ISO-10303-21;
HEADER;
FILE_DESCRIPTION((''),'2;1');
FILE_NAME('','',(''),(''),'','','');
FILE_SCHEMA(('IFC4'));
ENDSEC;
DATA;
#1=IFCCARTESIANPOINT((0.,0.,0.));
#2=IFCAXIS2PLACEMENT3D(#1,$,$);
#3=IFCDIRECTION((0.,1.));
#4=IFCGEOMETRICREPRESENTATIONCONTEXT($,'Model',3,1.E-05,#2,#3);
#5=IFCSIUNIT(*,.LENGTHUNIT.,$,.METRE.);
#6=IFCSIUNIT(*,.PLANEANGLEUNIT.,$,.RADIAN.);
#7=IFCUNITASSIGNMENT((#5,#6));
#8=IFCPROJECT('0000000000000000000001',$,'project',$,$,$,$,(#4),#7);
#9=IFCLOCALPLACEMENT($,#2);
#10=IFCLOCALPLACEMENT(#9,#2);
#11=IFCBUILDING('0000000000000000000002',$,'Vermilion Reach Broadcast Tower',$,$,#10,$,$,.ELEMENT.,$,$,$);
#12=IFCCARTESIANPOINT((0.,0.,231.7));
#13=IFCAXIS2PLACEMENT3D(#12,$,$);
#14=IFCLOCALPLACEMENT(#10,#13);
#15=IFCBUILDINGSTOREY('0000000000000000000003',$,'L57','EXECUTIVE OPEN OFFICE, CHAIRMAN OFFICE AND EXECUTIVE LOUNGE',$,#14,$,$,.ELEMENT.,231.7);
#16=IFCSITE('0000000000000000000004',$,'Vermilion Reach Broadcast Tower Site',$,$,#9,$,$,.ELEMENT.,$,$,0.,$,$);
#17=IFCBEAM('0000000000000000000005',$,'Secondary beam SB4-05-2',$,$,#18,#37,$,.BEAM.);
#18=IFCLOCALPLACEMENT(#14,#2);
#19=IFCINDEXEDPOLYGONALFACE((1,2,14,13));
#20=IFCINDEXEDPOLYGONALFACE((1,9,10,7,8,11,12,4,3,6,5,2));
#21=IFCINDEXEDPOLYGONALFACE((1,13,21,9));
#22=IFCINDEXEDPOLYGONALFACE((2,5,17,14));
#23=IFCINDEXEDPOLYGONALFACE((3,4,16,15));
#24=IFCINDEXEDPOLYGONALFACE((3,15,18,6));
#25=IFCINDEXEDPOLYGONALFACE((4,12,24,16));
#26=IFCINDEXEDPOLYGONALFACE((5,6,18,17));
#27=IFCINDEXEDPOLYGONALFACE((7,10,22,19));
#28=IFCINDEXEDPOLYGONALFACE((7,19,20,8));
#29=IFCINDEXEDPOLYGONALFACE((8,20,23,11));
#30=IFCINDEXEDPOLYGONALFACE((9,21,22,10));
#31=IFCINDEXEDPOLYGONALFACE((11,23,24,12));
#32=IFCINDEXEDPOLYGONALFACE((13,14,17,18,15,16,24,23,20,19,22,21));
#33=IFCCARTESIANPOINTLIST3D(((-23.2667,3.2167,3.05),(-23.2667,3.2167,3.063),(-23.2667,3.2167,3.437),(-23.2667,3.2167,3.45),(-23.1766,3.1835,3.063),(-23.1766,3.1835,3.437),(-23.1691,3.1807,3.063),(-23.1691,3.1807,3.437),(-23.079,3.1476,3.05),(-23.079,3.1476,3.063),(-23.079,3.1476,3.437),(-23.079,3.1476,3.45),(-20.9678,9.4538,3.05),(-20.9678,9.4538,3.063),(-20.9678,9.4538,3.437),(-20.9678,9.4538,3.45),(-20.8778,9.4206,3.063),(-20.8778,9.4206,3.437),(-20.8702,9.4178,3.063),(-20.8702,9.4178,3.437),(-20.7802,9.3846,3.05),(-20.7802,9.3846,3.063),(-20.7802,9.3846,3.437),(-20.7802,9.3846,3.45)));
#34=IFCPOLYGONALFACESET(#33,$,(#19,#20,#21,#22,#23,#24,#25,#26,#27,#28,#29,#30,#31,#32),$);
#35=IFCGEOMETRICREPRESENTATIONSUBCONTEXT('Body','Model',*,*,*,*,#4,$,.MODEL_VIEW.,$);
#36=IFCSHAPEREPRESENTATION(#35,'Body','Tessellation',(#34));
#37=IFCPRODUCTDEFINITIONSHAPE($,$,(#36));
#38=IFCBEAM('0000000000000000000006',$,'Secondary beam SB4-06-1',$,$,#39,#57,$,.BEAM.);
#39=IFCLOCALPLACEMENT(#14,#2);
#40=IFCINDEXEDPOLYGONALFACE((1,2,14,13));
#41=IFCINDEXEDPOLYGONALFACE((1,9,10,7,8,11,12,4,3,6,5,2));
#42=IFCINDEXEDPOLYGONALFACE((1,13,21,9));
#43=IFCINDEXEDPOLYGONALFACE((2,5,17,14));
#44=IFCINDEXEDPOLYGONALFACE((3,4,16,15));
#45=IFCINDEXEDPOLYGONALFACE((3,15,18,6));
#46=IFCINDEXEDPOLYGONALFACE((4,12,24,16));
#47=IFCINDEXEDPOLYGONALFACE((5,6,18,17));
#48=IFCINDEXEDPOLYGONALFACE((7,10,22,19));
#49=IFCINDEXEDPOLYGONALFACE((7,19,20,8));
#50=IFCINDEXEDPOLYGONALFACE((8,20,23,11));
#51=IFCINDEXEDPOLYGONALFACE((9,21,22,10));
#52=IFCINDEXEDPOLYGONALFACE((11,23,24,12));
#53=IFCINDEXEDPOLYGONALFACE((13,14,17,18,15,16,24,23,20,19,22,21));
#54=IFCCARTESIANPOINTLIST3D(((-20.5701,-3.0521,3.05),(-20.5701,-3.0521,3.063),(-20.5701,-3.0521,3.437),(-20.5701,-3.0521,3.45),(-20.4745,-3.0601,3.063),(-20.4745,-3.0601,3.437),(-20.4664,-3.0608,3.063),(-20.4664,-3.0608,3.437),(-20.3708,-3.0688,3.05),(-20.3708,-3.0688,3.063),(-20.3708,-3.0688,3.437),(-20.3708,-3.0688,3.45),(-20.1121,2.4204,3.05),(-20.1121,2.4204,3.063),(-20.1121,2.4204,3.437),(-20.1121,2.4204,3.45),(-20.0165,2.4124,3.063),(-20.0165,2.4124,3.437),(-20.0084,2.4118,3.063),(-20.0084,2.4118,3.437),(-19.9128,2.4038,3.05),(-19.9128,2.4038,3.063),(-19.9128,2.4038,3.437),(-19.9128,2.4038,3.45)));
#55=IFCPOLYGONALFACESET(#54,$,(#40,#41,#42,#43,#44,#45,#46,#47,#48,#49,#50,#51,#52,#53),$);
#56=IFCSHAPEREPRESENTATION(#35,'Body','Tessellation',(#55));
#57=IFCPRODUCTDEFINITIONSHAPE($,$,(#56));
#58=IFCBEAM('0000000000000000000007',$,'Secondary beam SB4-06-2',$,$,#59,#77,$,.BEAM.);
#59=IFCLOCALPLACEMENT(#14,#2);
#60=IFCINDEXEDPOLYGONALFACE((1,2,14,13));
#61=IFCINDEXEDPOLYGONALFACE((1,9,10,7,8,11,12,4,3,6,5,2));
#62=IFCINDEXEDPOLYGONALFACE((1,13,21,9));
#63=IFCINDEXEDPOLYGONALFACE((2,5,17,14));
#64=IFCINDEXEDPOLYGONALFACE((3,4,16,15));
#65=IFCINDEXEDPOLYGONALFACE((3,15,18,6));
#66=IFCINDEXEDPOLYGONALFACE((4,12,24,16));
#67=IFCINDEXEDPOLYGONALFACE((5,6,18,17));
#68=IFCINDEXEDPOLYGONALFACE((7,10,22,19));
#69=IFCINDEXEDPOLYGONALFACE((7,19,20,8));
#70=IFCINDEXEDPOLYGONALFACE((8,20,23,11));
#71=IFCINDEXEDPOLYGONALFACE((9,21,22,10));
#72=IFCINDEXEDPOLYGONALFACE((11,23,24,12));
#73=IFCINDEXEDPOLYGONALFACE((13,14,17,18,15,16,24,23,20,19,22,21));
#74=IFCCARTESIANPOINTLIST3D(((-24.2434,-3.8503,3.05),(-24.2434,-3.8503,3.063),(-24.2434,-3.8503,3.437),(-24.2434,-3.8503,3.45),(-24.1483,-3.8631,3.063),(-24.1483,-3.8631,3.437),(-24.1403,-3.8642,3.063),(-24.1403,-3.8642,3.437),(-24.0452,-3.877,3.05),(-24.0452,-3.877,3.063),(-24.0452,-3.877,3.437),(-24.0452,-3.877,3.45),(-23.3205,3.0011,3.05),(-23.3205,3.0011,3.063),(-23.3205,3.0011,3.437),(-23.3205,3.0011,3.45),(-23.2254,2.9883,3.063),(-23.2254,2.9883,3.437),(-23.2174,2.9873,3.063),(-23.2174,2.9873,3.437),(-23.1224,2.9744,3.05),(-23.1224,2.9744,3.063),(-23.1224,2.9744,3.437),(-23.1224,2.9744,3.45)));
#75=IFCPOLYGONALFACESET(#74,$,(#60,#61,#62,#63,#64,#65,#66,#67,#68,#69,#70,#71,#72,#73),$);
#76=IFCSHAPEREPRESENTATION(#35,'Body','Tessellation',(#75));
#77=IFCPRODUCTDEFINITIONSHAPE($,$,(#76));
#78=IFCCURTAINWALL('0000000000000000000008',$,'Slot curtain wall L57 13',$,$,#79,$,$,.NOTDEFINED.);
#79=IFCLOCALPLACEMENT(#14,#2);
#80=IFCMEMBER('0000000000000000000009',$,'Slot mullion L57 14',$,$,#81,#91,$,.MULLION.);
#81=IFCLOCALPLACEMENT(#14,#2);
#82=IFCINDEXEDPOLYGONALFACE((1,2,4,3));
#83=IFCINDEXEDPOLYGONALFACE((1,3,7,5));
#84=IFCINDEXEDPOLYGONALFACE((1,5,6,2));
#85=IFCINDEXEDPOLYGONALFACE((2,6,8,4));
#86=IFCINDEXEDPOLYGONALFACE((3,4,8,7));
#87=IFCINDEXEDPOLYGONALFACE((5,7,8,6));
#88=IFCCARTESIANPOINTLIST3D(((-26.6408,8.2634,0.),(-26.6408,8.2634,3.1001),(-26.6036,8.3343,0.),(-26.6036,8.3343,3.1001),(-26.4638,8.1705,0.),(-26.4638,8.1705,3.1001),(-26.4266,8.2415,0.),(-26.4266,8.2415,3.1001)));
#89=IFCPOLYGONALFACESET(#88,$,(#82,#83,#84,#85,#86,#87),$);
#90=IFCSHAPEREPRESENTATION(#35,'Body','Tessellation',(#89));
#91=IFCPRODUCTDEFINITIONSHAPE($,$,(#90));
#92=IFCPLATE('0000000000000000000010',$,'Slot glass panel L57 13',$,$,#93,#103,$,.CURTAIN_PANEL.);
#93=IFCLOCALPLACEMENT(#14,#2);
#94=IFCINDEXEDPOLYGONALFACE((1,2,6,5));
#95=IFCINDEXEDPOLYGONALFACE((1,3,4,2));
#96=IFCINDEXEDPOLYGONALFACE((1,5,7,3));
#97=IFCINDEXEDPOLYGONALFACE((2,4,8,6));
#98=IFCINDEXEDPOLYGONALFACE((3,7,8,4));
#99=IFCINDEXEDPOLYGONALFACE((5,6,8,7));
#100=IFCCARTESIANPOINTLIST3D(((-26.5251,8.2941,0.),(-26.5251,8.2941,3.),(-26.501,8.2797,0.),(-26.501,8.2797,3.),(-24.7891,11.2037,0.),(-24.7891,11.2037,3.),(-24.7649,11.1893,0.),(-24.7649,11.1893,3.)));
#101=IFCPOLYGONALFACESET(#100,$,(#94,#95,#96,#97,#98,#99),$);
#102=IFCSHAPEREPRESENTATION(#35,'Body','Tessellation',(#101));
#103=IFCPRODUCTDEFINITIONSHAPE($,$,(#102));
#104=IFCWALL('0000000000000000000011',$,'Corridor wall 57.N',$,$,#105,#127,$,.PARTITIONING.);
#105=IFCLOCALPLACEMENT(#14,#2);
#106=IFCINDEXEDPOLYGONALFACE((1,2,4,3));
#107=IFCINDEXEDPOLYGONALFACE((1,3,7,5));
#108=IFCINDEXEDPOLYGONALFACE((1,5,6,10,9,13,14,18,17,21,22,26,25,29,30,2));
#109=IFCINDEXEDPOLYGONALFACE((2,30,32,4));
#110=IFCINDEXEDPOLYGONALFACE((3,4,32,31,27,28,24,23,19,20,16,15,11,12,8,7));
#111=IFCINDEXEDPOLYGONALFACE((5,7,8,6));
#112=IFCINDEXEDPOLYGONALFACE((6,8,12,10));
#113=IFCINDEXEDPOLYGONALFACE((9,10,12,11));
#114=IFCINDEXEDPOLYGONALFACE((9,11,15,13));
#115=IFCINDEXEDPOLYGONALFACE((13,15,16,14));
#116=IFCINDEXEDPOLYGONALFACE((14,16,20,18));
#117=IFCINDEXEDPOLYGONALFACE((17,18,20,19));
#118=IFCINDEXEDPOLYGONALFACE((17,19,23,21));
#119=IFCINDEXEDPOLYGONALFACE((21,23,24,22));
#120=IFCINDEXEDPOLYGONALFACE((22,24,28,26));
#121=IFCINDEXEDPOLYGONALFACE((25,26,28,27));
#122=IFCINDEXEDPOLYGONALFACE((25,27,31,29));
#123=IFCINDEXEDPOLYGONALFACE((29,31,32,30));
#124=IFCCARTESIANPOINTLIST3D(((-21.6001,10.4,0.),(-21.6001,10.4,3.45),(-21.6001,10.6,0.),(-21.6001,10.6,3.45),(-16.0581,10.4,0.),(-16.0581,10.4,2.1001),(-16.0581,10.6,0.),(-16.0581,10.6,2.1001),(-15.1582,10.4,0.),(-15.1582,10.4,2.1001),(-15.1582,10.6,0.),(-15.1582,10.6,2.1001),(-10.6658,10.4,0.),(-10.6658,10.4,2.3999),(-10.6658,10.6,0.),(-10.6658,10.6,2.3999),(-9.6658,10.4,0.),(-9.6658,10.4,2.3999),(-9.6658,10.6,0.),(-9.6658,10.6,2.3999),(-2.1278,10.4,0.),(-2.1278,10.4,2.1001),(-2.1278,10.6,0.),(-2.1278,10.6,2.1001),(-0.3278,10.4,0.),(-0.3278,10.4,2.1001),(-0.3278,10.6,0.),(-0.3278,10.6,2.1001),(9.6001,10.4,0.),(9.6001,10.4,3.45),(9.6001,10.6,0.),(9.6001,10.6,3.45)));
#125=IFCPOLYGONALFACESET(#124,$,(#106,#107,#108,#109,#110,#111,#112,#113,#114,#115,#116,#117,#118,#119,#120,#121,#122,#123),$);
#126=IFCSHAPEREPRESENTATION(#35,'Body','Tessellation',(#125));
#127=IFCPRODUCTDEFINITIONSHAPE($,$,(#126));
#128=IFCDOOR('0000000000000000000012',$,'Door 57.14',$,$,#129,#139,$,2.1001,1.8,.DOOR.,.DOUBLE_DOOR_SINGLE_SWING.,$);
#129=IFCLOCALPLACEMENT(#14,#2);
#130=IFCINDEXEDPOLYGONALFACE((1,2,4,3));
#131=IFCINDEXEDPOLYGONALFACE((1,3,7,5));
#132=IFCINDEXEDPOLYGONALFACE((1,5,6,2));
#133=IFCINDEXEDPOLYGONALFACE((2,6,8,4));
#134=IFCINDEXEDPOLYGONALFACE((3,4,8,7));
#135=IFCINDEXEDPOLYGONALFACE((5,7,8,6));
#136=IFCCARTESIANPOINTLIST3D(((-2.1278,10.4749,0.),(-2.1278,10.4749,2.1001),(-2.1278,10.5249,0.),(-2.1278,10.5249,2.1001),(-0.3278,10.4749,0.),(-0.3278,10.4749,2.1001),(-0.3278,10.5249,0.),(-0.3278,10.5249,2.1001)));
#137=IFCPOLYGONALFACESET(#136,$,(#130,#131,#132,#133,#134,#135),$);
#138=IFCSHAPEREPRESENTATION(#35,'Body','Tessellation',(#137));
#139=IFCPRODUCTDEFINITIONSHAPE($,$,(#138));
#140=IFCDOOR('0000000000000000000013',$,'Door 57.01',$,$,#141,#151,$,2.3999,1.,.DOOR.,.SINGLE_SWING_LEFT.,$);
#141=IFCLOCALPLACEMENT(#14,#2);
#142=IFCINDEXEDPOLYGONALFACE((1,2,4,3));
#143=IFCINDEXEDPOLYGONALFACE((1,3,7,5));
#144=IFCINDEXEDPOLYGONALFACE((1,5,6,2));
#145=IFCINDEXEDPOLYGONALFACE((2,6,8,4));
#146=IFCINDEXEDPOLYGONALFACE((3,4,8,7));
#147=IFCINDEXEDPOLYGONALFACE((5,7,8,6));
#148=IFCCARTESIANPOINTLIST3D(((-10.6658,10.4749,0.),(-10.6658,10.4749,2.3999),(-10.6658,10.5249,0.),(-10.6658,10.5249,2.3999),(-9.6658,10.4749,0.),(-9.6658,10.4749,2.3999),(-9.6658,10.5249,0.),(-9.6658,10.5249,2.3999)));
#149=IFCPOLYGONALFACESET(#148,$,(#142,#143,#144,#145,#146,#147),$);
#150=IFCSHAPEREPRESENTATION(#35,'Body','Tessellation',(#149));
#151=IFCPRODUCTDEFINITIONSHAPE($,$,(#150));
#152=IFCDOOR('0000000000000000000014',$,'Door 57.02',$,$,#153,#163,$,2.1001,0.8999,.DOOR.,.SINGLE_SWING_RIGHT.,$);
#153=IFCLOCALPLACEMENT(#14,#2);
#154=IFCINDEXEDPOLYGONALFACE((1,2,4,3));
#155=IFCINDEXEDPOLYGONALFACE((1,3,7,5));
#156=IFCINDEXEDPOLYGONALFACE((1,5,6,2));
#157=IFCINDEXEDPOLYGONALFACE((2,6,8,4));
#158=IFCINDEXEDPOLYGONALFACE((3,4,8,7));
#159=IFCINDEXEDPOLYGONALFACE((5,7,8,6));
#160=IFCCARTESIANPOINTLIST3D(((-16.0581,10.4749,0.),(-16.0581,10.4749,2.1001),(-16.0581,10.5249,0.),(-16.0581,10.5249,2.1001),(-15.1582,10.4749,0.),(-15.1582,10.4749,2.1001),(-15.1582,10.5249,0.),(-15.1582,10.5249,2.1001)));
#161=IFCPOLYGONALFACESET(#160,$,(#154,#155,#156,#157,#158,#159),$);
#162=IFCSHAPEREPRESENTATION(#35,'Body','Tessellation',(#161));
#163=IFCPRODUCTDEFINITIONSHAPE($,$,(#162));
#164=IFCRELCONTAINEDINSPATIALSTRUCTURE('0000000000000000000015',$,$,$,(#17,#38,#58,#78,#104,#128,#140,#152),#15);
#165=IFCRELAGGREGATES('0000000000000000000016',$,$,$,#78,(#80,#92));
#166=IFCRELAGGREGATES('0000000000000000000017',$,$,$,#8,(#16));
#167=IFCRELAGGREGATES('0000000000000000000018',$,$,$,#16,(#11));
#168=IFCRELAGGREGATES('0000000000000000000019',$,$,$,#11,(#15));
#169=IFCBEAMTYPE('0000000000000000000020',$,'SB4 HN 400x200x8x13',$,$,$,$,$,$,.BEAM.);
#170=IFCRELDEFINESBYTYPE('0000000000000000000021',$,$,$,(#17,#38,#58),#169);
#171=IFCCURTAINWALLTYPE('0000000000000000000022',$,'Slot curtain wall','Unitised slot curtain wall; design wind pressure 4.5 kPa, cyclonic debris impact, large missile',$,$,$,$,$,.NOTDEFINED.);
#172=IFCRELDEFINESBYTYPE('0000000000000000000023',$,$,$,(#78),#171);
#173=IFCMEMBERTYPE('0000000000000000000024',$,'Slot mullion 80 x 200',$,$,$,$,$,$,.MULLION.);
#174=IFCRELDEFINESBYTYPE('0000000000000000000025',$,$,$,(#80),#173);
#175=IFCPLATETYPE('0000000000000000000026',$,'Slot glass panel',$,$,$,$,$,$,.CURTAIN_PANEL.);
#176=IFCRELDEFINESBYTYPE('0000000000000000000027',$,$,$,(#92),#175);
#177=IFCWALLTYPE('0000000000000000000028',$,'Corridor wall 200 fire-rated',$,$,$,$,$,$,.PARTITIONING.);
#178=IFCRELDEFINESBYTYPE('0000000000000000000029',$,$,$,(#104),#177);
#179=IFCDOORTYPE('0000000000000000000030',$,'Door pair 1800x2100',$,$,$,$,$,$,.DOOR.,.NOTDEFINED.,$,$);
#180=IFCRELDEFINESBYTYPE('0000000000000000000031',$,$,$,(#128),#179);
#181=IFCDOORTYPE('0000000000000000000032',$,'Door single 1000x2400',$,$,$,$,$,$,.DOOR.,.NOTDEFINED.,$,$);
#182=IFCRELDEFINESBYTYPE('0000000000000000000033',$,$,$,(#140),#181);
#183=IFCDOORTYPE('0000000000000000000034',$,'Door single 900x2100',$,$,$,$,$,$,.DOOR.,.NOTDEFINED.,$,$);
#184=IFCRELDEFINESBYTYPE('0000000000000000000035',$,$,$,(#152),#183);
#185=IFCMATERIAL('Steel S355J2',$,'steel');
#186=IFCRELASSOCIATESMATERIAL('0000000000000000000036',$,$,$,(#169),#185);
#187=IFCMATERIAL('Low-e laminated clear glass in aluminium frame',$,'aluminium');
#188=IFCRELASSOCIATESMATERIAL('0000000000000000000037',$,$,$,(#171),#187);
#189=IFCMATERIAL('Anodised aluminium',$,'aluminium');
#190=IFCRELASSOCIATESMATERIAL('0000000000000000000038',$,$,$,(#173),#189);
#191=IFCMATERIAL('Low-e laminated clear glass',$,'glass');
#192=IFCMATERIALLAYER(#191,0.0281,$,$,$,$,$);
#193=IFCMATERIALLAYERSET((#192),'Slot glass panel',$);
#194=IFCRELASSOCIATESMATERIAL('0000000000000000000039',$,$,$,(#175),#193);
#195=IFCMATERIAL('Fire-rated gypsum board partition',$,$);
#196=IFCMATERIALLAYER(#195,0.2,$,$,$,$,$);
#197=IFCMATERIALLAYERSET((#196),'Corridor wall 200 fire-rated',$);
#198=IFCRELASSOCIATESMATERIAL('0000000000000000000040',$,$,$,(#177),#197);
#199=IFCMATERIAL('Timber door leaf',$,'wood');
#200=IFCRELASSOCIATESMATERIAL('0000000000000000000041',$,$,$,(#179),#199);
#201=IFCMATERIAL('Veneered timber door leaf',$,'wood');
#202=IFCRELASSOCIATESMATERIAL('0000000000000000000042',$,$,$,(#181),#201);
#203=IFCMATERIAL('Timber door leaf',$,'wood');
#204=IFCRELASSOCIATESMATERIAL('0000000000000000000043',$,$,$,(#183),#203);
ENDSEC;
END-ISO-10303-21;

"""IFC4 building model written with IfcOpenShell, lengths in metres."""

from ifc_helpers import new_model, si_unit, direction, frame, frame_2d, origin, origin_2d, place, context, subcontext, project, spatial, rectangle, i_section, extrude, material, layer, layer_set, material_profile, profile_set, type_object, element, fill, aggregate, save


model = new_model("IFC4")

# Units and contexts
model_context = context("Model", 3, precision=1e-05, world=origin(), true_north=direction((0.0, 1.0)))
body_context = subcontext(model_context, "Body", "Model", "MODEL_VIEW")
ifc_project = project(units=[si_unit("LENGTHUNIT", "METRE"), si_unit("PLANEANGLEUNIT", "RADIAN")], contexts=[model_context])

# Site, building, storey
site_placement = place(None, origin())
site = spatial("IfcSite", under=ifc_project, at=site_placement, Name="Vermilion Reach Broadcast Tower Site", CompositionType="ELEMENT", RefElevation=0.0)
building_placement = place(site_placement, origin())
building = spatial("IfcBuilding", under=site, at=building_placement, Name="Vermilion Reach Broadcast Tower", CompositionType="ELEMENT")
storey_placement = place(building_placement, frame((0.0, 0.0, 231.7)))
storey = spatial("IfcBuildingStorey", under=building, at=storey_placement, Name="L57", Description="EXECUTIVE OPEN OFFICE, CHAIRMAN OFFICE AND EXECUTIVE LOUNGE", CompositionType="ELEMENT", Elevation=231.7)

# Beams
ifc_material_1 = material(Name="Steel S355J2", Category="steel")
ifc_material_profile_1 = material_profile(ifc_material_1, i_section(OverallWidth=0.2, OverallDepth=0.3999, WebThickness=0.0081, FlangeThickness=0.0129, at=origin_2d()), Name="S355J2 HN 400x200x8x13")
ifc_profile_set_1 = profile_set([ifc_material_profile_1], Name="Steel S355J2")
beam_type_1 = type_object("IfcBeamType", Name="SB4 HN 400x200x8x13", PredefinedType="BEAM", material=ifc_profile_set_1)
beam_1_placement = place(storey_placement, frame((-20.874, 9.4192, 3.25), z_axis=(-0.345833, -0.938296, 0.0), x_axis=(0.938296, -0.345833, 0.0)))
element("IfcBeam", 1, at=beam_1_placement, inside=storey, type_object=beam_type_1, Name="Secondary beam SB4-05-2", PredefinedType="BEAM", context=body_context, shape_type="SweptSolid", body=[
    extrude(i_section(OverallWidth=0.2, OverallDepth=0.3999, WebThickness=0.0081, FlangeThickness=0.0129, at=origin_2d()), origin(), (0.0, 0.0, 1.0), 6.6472),
])
beam_2_placement = place(storey_placement, frame((-20.0125, 2.4121, 3.25), z_axis=(-0.083399, -0.996516, 0.0), x_axis=(0.996516, -0.083399, 0.0)))
element("IfcBeam", 2, at=beam_2_placement, inside=storey, type_object=beam_type_1, Name="Secondary beam SB4-06-1", PredefinedType="BEAM", context=body_context, shape_type="SweptSolid", body=[
    extrude(i_section(OverallWidth=0.2, OverallDepth=0.3999, WebThickness=0.0081, FlangeThickness=0.0129, at=origin_2d()), origin(), (0.0, 0.0, 1.0), 5.4917),
])
beam_3_placement = place(storey_placement, frame((-23.2214, 2.9878, 3.25), z_axis=(-0.133487, -0.991051, 0.0), x_axis=(0.991051, -0.133487, 0.0)))
element("IfcBeam", 3, at=beam_3_placement, inside=storey, type_object=beam_type_1, Name="Secondary beam SB4-06-2", PredefinedType="BEAM", context=body_context, shape_type="SweptSolid", body=[
    extrude(i_section(OverallWidth=0.2, OverallDepth=0.3999, WebThickness=0.0081, FlangeThickness=0.0129, at=origin_2d()), origin(), (0.0, 0.0, 1.0), 6.9133),
])

# Curtain wall, member, plate
ifc_material_2 = material(Name="Low-e laminated clear glass in aluminium frame", Category="aluminium")
curtain_wall_type = type_object("IfcCurtainWallType", Name="Slot curtain wall", Description="Unitised slot curtain wall; design wind pressure 4.5 kPa, cyclonic debris impact, large missile", PredefinedType="NOTDEFINED", material=ifc_material_2)
curtain_wall_placement = place(storey_placement, origin())
curtain_wall = element("IfcCurtainWall", 4, at=curtain_wall_placement, inside=storey, type_object=curtain_wall_type, Name="Slot curtain wall L57 13", PredefinedType="NOTDEFINED")
ifc_material_3 = material(Name="Anodised aluminium", Category="aluminium")
ifc_material_profile_2 = material_profile(ifc_material_3, rectangle(XDim=0.2, YDim=0.0801, at=origin_2d()), Name="Slot mullion 80 x 200")
ifc_profile_set_2 = profile_set([ifc_material_profile_2], Name="Anodised aluminium")
member_type = type_object("IfcMemberType", Name="Slot mullion 80 x 200", PredefinedType="MULLION", material=ifc_profile_set_2)
member_placement = place(storey_placement, frame((-26.5337, 8.2524, 0.0), z_axis=(0.0, 0.0, 1.0), x_axis=(0.885564, -0.464518, 0.0)))
member = element("IfcMember", 5, at=member_placement, type_object=member_type, Name="Slot mullion L57 14", PredefinedType="MULLION", context=body_context, shape_type="SweptSolid", body=[
    extrude(rectangle(XDim=0.2, YDim=0.0801, at=origin_2d()), origin(), (0.0, 0.0, 1.0), 3.1001),
])
ifc_material_4 = material(Name="Low-e laminated clear glass", Category="glass")
ifc_layer_1 = layer(ifc_material_4, 0.0281)
ifc_layer_set_1 = layer_set([ifc_layer_1], Name="Slot glass panel")
plate_type = type_object("IfcPlateType", Name="Slot glass panel", PredefinedType="CURTAIN_PANEL", material=ifc_layer_set_1)
plate_placement = place(storey_placement, frame((-25.645, 9.7417, 0.0), z_axis=(0.0, 0.0, 1.0), x_axis=(-0.51238, -0.858759, 0.0)))
plate = element("IfcPlate", 6, at=plate_placement, type_object=plate_type, Name="Slot glass panel L57 13", PredefinedType="CURTAIN_PANEL", context=body_context, shape_type="SweptSolid", body=[
    extrude(rectangle(XDim=3.3882, YDim=0.0281, at=origin_2d()), origin(), (0.0, 0.0, 1.0), 3.0),
])
aggregate(curtain_wall, [member, plate])

# Wall, openings, doors
ifc_material_5 = material(Name="Fire-rated gypsum board partition")
ifc_layer_2 = layer(ifc_material_5, 0.2)
ifc_layer_set_2 = layer_set([ifc_layer_2], Name="Corridor wall 200 fire-rated")
wall_type_1 = type_object("IfcWallType", Name="Corridor wall 200 fire-rated", PredefinedType="PARTITIONING", material=ifc_layer_set_2)
wall_1_placement = place(storey_placement, frame((-21.6001, 10.5, 0.0), z_axis=(0.0, 0.0, 1.0), x_axis=(1.0, 0.0, 0.0)))
wall_1 = element("IfcWall", 7, at=wall_1_placement, inside=storey, type_object=wall_type_1, Name="Corridor wall 57.N", PredefinedType="PARTITIONING", context=body_context, shape_type="SweptSolid", body=[
    extrude(rectangle(XDim=31.2002, YDim=0.2, at=frame_2d((15.6001, 0.0))), origin(), (0.0, 0.0, 1.0), 3.45),
])
opening_1_placement = place(wall_1_placement, frame((10.9343, 0.0, 0.0)))
opening_1 = element("IfcOpeningElement", 8, at=opening_1_placement, cuts=wall_1, PredefinedType="OPENING", context=body_context, shape_type="SweptSolid", body=[
    extrude(rectangle(XDim=1.0, YDim=2.3999, at=frame_2d((0.5, 1.2))), frame((0.0, 0.1099, 0.0), z_axis=(0.0, -1.0, 0.0), x_axis=(1.0, 0.0, 0.0)), (0.0, 0.0, 1.0), 0.22),
])
opening_2_placement = place(wall_1_placement, frame((5.542, 0.0, 0.0)))
opening_2 = element("IfcOpeningElement", 9, at=opening_2_placement, cuts=wall_1, PredefinedType="OPENING", context=body_context, shape_type="SweptSolid", body=[
    extrude(rectangle(XDim=0.8999, YDim=2.1001, at=frame_2d((0.45, 1.05))), frame((0.0, 0.1099, 0.0), z_axis=(0.0, -1.0, 0.0), x_axis=(1.0, 0.0, 0.0)), (0.0, 0.0, 1.0), 0.22),
])
opening_3_placement = place(wall_1_placement, frame((19.4724, 0.0, 0.0)))
opening_3 = element("IfcOpeningElement", 10, at=opening_3_placement, cuts=wall_1, PredefinedType="OPENING", context=body_context, shape_type="SweptSolid", body=[
    extrude(rectangle(XDim=1.8, YDim=2.1001, at=frame_2d((0.8999, 1.05))), frame((0.0, 0.1099, 0.0), z_axis=(0.0, -1.0, 0.0), x_axis=(1.0, 0.0, 0.0)), (0.0, 0.0, 1.0), 0.22),
])
ifc_material_6 = material(Name="Timber door leaf", Category="wood")
door_type_1 = type_object("IfcDoorType", Name="Door pair 1800x2100", OperationType="NOTDEFINED", PredefinedType="DOOR", material=ifc_material_6)
door_1_placement = place(opening_3_placement, origin())
door_1 = element("IfcDoor", 11, at=door_1_placement, inside=storey, type_object=door_type_1, Name="Door 57.14", OperationType="DOUBLE_DOOR_SINGLE_SWING", OverallHeight=2.1001, OverallWidth=1.8, PredefinedType="DOOR", context=body_context, shape_type="SweptSolid", body=[
    extrude(rectangle(XDim=1.8, YDim=2.1001, at=frame_2d((0.8999, 1.05))), frame((0.0, 0.0249, 0.0), z_axis=(0.0, -1.0, 0.0), x_axis=(1.0, 0.0, 0.0)), (0.0, 0.0, 1.0), 0.05),
])
fill(opening_3, door_1)
ifc_material_7 = material(Name="Veneered timber door leaf", Category="wood")
door_type_2 = type_object("IfcDoorType", Name="Door single 1000x2400", OperationType="NOTDEFINED", PredefinedType="DOOR", material=ifc_material_7)
door_2_placement = place(opening_1_placement, origin())
door_2 = element("IfcDoor", 12, at=door_2_placement, inside=storey, type_object=door_type_2, Name="Door 57.01", OperationType="SINGLE_SWING_LEFT", OverallHeight=2.3999, OverallWidth=1.0, PredefinedType="DOOR", context=body_context, shape_type="SweptSolid", body=[
    extrude(rectangle(XDim=1.0, YDim=2.3999, at=frame_2d((0.5, 1.2))), frame((0.0, 0.0249, 0.0), z_axis=(0.0, -1.0, 0.0), x_axis=(1.0, 0.0, 0.0)), (0.0, 0.0, 1.0), 0.05),
])
fill(opening_1, door_2)
ifc_material_8 = material(Name="Timber door leaf", Category="wood")
door_type_3 = type_object("IfcDoorType", Name="Door single 900x2100", OperationType="NOTDEFINED", PredefinedType="DOOR", material=ifc_material_8)
door_3_placement = place(opening_2_placement, origin())
door_3 = element("IfcDoor", 13, at=door_3_placement, inside=storey, type_object=door_type_3, Name="Door 57.02", OperationType="SINGLE_SWING_RIGHT", OverallHeight=2.1001, OverallWidth=0.8999, PredefinedType="DOOR", context=body_context, shape_type="SweptSolid", body=[
    extrude(rectangle(XDim=0.8999, YDim=2.1001, at=frame_2d((0.45, 1.05))), frame((0.0, 0.0249, 0.0), z_axis=(0.0, -1.0, 0.0), x_axis=(1.0, 0.0, 0.0)), (0.0, 0.0, 1.0), 0.05),
])
fill(opening_2, door_3)

save(model, "model.ifc")
